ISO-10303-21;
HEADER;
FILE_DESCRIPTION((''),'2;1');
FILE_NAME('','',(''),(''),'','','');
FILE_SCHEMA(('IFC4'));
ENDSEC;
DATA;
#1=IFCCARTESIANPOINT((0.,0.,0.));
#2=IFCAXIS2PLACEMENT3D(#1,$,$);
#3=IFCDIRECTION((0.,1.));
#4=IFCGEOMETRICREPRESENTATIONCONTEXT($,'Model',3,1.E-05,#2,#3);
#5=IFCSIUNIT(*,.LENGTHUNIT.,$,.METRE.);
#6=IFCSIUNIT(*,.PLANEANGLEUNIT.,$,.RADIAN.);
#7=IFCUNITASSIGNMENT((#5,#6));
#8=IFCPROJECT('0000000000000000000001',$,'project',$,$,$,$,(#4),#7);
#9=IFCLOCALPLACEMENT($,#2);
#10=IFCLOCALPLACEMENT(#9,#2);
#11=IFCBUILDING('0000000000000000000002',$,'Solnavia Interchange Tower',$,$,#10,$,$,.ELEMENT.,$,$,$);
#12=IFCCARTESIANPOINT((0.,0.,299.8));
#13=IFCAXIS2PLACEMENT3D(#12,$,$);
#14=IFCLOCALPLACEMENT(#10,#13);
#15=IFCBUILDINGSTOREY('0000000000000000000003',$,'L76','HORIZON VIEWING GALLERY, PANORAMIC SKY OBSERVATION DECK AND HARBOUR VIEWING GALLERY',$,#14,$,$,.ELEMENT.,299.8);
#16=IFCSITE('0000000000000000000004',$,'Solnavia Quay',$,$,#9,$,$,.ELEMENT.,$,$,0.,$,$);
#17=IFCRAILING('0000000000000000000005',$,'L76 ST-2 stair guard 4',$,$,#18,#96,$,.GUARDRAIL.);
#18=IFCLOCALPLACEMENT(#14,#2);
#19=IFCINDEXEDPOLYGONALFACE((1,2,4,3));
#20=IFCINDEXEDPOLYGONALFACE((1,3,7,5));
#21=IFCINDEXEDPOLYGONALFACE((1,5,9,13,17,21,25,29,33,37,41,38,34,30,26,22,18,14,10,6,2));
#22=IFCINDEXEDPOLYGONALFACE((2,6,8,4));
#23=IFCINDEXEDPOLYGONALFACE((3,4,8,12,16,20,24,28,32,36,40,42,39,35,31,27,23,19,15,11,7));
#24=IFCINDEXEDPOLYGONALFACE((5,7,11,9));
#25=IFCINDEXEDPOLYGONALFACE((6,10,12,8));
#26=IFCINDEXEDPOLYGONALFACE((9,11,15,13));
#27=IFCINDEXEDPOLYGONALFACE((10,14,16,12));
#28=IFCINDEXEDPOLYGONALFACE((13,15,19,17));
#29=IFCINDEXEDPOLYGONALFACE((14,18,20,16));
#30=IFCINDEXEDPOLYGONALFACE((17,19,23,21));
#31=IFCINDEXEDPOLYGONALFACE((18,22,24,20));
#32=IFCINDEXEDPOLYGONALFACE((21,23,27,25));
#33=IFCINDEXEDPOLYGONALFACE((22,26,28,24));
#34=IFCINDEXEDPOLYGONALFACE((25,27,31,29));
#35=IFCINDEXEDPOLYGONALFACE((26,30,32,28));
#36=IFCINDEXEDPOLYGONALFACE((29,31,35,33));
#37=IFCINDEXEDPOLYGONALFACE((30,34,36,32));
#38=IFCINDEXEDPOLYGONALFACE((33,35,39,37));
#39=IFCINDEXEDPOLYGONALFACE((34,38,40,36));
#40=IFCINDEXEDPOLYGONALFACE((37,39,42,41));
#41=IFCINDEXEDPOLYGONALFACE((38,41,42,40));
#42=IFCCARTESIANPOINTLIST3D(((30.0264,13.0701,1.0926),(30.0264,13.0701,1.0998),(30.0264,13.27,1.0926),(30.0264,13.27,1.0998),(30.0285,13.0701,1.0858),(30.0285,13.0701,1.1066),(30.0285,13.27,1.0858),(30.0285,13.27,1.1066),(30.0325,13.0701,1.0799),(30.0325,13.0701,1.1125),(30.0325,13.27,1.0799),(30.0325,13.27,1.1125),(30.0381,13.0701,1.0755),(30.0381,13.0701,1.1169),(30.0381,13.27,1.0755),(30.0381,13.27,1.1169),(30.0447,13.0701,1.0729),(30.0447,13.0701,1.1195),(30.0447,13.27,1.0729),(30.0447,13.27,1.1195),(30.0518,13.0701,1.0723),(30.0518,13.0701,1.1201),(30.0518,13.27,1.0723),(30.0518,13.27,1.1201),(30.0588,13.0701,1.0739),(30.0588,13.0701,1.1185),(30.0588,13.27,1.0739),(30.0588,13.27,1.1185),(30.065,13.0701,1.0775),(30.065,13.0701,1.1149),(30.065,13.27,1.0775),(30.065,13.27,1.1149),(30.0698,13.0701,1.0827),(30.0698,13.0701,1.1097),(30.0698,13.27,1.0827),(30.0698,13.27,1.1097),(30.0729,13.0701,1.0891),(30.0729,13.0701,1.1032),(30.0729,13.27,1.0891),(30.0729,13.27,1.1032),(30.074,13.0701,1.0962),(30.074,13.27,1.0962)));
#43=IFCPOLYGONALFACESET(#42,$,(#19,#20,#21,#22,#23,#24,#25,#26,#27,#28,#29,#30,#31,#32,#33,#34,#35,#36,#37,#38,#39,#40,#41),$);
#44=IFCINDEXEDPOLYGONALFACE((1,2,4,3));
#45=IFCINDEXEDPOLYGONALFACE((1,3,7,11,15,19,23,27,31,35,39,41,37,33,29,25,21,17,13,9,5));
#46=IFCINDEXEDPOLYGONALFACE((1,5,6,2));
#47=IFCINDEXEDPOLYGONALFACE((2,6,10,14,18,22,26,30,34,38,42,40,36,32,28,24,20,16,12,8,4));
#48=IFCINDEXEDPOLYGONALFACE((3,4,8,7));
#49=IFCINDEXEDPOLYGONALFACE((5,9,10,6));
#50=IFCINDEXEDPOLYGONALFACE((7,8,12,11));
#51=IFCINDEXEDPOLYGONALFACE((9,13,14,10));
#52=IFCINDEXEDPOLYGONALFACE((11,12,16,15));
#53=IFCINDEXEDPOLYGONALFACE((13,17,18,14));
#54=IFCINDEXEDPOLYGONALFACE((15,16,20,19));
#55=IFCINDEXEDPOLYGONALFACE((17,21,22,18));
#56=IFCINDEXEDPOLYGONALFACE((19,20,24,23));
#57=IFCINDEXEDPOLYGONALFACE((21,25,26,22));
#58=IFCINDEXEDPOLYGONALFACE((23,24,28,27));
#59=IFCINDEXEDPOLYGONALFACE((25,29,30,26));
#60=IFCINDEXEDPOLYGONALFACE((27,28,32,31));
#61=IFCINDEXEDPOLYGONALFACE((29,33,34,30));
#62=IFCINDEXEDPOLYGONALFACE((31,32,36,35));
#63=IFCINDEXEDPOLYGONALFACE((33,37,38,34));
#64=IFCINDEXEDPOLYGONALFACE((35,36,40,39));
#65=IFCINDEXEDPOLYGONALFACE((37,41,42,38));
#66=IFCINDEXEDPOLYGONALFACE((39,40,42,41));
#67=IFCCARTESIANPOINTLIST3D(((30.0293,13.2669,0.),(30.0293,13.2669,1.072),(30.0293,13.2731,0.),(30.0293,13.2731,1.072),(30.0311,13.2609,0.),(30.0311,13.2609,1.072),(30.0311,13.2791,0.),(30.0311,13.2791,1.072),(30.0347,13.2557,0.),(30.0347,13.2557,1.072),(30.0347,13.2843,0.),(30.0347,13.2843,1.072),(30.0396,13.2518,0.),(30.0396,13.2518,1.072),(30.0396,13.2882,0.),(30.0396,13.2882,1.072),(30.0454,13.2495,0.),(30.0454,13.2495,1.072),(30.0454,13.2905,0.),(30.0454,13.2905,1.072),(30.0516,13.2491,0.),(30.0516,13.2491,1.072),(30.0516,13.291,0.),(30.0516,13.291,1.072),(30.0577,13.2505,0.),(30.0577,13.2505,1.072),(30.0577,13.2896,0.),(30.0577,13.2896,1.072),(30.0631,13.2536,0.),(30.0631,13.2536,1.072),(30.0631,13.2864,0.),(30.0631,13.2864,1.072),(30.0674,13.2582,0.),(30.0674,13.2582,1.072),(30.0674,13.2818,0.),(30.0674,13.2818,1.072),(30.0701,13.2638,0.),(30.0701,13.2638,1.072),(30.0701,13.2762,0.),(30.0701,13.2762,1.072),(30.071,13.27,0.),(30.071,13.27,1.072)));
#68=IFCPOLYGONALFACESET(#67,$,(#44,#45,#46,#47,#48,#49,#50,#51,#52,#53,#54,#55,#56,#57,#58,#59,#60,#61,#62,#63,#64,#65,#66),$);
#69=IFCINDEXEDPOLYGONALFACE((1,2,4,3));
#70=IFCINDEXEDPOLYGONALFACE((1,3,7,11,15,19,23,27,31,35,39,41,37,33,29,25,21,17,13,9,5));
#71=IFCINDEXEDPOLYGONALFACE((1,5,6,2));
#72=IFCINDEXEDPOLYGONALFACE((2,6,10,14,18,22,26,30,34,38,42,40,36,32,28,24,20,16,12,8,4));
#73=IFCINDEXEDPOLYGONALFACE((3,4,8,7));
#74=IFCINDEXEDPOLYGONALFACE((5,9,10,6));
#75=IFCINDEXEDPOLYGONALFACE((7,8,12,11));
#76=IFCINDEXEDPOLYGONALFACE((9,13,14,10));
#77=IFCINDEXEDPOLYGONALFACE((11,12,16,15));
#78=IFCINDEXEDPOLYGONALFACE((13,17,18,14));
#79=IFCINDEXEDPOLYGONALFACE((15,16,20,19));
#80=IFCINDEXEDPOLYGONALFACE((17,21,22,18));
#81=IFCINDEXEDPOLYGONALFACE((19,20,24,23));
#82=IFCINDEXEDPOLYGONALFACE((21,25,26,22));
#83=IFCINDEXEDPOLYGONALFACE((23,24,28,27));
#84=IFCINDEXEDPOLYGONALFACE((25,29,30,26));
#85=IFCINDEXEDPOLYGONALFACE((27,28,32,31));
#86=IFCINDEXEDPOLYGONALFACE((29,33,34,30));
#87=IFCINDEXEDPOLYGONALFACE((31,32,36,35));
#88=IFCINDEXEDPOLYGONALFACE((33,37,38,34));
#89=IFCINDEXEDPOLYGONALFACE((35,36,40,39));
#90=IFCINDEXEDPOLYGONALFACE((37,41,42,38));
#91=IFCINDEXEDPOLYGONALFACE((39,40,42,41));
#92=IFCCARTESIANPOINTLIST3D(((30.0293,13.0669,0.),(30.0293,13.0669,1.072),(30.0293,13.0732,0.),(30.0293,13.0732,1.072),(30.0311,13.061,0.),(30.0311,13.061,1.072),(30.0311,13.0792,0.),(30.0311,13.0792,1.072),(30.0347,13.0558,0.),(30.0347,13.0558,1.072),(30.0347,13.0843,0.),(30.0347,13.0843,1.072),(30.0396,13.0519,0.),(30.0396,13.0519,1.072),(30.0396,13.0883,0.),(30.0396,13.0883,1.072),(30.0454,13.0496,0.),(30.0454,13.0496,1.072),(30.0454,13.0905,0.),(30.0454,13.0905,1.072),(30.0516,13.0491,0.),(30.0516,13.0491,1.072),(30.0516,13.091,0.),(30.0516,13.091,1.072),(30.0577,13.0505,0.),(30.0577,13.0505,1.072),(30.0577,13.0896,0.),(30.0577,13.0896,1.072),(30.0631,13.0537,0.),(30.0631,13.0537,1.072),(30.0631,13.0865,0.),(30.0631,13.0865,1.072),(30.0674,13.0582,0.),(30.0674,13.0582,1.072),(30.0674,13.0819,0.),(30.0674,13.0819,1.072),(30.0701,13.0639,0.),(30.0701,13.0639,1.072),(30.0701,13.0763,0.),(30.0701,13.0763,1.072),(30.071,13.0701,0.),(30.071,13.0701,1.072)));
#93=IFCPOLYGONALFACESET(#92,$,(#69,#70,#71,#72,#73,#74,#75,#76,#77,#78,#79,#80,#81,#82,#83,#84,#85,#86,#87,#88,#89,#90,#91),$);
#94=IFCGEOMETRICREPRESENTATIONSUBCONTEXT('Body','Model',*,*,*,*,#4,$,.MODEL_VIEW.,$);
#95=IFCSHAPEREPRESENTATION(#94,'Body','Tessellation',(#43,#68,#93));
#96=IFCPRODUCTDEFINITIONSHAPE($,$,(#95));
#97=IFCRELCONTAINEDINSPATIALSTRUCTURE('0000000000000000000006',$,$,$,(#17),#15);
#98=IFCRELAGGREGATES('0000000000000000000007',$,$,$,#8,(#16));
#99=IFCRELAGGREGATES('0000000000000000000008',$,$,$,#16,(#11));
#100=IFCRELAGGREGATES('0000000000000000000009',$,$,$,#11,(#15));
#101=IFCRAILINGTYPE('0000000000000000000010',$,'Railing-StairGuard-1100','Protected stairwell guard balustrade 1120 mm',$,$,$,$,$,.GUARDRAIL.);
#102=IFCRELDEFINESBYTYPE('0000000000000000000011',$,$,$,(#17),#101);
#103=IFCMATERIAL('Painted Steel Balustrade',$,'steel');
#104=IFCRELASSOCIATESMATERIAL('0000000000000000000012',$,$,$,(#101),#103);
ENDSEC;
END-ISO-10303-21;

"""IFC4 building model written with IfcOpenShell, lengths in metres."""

from ifc_helpers import new_model, si_unit, direction, frame, origin, origin_2d, place, context, subcontext, project, spatial, circle, extrude, material, type_object, element, save


model = new_model("IFC4")

# Units and contexts
model_context = context("Model", 3, precision=1e-05, world=origin(), true_north=direction((0.0, 1.0)))
body_context = subcontext(model_context, "Body", "Model", "MODEL_VIEW")
ifc_project = project(units=[si_unit("LENGTHUNIT", "METRE"), si_unit("PLANEANGLEUNIT", "RADIAN")], contexts=[model_context])

# Site, building, storey
site_placement = place(None, origin())
site = spatial("IfcSite", under=ifc_project, at=site_placement, Name="Solnavia Quay", CompositionType="ELEMENT", RefElevation=0.0)
building_placement = place(site_placement, origin())
building = spatial("IfcBuilding", under=site, at=building_placement, Name="Solnavia Interchange Tower", CompositionType="ELEMENT")
storey_placement = place(building_placement, frame((0.0, 0.0, 299.8)))
storey = spatial("IfcBuildingStorey", under=building, at=storey_placement, Name="L76", Description="HORIZON VIEWING GALLERY, PANORAMIC SKY OBSERVATION DECK AND HARBOUR VIEWING GALLERY", CompositionType="ELEMENT", Elevation=299.8)

# Railing
ifc_material_1 = material(Name="Painted Steel Balustrade", Category="steel")
railing_type_1 = type_object("IfcRailingType", Name="Railing-StairGuard-1100", Description="Protected stairwell guard balustrade 1120 mm", PredefinedType="GUARDRAIL", material=ifc_material_1)
railing_1_placement = place(storey_placement, frame((30.05, 13.27, 0.0)))
element("IfcRailing", 1, at=railing_1_placement, inside=storey, type_object=railing_type_1, Name="L76 ST-2 stair guard 4", PredefinedType="GUARDRAIL", context=body_context, shape_type="SweptSolid", body=[
    extrude(circle(Radius=0.0239, at=origin_2d()), frame((0.0, 0.0, 1.0962), z_axis=(0.0, -1.0, 0.0), x_axis=(1.0, 0.0, 0.0)), (0.0, 0.0, 1.0), 0.2),
    extrude(circle(Radius=0.021, at=origin_2d()), origin(), (0.0, 0.0, 1.0), 1.072),
    extrude(circle(Radius=0.021, at=origin_2d()), frame((0.0, -0.2, 0.0)), (0.0, 0.0, 1.0), 1.072),
])

save(model, "model.ifc")
